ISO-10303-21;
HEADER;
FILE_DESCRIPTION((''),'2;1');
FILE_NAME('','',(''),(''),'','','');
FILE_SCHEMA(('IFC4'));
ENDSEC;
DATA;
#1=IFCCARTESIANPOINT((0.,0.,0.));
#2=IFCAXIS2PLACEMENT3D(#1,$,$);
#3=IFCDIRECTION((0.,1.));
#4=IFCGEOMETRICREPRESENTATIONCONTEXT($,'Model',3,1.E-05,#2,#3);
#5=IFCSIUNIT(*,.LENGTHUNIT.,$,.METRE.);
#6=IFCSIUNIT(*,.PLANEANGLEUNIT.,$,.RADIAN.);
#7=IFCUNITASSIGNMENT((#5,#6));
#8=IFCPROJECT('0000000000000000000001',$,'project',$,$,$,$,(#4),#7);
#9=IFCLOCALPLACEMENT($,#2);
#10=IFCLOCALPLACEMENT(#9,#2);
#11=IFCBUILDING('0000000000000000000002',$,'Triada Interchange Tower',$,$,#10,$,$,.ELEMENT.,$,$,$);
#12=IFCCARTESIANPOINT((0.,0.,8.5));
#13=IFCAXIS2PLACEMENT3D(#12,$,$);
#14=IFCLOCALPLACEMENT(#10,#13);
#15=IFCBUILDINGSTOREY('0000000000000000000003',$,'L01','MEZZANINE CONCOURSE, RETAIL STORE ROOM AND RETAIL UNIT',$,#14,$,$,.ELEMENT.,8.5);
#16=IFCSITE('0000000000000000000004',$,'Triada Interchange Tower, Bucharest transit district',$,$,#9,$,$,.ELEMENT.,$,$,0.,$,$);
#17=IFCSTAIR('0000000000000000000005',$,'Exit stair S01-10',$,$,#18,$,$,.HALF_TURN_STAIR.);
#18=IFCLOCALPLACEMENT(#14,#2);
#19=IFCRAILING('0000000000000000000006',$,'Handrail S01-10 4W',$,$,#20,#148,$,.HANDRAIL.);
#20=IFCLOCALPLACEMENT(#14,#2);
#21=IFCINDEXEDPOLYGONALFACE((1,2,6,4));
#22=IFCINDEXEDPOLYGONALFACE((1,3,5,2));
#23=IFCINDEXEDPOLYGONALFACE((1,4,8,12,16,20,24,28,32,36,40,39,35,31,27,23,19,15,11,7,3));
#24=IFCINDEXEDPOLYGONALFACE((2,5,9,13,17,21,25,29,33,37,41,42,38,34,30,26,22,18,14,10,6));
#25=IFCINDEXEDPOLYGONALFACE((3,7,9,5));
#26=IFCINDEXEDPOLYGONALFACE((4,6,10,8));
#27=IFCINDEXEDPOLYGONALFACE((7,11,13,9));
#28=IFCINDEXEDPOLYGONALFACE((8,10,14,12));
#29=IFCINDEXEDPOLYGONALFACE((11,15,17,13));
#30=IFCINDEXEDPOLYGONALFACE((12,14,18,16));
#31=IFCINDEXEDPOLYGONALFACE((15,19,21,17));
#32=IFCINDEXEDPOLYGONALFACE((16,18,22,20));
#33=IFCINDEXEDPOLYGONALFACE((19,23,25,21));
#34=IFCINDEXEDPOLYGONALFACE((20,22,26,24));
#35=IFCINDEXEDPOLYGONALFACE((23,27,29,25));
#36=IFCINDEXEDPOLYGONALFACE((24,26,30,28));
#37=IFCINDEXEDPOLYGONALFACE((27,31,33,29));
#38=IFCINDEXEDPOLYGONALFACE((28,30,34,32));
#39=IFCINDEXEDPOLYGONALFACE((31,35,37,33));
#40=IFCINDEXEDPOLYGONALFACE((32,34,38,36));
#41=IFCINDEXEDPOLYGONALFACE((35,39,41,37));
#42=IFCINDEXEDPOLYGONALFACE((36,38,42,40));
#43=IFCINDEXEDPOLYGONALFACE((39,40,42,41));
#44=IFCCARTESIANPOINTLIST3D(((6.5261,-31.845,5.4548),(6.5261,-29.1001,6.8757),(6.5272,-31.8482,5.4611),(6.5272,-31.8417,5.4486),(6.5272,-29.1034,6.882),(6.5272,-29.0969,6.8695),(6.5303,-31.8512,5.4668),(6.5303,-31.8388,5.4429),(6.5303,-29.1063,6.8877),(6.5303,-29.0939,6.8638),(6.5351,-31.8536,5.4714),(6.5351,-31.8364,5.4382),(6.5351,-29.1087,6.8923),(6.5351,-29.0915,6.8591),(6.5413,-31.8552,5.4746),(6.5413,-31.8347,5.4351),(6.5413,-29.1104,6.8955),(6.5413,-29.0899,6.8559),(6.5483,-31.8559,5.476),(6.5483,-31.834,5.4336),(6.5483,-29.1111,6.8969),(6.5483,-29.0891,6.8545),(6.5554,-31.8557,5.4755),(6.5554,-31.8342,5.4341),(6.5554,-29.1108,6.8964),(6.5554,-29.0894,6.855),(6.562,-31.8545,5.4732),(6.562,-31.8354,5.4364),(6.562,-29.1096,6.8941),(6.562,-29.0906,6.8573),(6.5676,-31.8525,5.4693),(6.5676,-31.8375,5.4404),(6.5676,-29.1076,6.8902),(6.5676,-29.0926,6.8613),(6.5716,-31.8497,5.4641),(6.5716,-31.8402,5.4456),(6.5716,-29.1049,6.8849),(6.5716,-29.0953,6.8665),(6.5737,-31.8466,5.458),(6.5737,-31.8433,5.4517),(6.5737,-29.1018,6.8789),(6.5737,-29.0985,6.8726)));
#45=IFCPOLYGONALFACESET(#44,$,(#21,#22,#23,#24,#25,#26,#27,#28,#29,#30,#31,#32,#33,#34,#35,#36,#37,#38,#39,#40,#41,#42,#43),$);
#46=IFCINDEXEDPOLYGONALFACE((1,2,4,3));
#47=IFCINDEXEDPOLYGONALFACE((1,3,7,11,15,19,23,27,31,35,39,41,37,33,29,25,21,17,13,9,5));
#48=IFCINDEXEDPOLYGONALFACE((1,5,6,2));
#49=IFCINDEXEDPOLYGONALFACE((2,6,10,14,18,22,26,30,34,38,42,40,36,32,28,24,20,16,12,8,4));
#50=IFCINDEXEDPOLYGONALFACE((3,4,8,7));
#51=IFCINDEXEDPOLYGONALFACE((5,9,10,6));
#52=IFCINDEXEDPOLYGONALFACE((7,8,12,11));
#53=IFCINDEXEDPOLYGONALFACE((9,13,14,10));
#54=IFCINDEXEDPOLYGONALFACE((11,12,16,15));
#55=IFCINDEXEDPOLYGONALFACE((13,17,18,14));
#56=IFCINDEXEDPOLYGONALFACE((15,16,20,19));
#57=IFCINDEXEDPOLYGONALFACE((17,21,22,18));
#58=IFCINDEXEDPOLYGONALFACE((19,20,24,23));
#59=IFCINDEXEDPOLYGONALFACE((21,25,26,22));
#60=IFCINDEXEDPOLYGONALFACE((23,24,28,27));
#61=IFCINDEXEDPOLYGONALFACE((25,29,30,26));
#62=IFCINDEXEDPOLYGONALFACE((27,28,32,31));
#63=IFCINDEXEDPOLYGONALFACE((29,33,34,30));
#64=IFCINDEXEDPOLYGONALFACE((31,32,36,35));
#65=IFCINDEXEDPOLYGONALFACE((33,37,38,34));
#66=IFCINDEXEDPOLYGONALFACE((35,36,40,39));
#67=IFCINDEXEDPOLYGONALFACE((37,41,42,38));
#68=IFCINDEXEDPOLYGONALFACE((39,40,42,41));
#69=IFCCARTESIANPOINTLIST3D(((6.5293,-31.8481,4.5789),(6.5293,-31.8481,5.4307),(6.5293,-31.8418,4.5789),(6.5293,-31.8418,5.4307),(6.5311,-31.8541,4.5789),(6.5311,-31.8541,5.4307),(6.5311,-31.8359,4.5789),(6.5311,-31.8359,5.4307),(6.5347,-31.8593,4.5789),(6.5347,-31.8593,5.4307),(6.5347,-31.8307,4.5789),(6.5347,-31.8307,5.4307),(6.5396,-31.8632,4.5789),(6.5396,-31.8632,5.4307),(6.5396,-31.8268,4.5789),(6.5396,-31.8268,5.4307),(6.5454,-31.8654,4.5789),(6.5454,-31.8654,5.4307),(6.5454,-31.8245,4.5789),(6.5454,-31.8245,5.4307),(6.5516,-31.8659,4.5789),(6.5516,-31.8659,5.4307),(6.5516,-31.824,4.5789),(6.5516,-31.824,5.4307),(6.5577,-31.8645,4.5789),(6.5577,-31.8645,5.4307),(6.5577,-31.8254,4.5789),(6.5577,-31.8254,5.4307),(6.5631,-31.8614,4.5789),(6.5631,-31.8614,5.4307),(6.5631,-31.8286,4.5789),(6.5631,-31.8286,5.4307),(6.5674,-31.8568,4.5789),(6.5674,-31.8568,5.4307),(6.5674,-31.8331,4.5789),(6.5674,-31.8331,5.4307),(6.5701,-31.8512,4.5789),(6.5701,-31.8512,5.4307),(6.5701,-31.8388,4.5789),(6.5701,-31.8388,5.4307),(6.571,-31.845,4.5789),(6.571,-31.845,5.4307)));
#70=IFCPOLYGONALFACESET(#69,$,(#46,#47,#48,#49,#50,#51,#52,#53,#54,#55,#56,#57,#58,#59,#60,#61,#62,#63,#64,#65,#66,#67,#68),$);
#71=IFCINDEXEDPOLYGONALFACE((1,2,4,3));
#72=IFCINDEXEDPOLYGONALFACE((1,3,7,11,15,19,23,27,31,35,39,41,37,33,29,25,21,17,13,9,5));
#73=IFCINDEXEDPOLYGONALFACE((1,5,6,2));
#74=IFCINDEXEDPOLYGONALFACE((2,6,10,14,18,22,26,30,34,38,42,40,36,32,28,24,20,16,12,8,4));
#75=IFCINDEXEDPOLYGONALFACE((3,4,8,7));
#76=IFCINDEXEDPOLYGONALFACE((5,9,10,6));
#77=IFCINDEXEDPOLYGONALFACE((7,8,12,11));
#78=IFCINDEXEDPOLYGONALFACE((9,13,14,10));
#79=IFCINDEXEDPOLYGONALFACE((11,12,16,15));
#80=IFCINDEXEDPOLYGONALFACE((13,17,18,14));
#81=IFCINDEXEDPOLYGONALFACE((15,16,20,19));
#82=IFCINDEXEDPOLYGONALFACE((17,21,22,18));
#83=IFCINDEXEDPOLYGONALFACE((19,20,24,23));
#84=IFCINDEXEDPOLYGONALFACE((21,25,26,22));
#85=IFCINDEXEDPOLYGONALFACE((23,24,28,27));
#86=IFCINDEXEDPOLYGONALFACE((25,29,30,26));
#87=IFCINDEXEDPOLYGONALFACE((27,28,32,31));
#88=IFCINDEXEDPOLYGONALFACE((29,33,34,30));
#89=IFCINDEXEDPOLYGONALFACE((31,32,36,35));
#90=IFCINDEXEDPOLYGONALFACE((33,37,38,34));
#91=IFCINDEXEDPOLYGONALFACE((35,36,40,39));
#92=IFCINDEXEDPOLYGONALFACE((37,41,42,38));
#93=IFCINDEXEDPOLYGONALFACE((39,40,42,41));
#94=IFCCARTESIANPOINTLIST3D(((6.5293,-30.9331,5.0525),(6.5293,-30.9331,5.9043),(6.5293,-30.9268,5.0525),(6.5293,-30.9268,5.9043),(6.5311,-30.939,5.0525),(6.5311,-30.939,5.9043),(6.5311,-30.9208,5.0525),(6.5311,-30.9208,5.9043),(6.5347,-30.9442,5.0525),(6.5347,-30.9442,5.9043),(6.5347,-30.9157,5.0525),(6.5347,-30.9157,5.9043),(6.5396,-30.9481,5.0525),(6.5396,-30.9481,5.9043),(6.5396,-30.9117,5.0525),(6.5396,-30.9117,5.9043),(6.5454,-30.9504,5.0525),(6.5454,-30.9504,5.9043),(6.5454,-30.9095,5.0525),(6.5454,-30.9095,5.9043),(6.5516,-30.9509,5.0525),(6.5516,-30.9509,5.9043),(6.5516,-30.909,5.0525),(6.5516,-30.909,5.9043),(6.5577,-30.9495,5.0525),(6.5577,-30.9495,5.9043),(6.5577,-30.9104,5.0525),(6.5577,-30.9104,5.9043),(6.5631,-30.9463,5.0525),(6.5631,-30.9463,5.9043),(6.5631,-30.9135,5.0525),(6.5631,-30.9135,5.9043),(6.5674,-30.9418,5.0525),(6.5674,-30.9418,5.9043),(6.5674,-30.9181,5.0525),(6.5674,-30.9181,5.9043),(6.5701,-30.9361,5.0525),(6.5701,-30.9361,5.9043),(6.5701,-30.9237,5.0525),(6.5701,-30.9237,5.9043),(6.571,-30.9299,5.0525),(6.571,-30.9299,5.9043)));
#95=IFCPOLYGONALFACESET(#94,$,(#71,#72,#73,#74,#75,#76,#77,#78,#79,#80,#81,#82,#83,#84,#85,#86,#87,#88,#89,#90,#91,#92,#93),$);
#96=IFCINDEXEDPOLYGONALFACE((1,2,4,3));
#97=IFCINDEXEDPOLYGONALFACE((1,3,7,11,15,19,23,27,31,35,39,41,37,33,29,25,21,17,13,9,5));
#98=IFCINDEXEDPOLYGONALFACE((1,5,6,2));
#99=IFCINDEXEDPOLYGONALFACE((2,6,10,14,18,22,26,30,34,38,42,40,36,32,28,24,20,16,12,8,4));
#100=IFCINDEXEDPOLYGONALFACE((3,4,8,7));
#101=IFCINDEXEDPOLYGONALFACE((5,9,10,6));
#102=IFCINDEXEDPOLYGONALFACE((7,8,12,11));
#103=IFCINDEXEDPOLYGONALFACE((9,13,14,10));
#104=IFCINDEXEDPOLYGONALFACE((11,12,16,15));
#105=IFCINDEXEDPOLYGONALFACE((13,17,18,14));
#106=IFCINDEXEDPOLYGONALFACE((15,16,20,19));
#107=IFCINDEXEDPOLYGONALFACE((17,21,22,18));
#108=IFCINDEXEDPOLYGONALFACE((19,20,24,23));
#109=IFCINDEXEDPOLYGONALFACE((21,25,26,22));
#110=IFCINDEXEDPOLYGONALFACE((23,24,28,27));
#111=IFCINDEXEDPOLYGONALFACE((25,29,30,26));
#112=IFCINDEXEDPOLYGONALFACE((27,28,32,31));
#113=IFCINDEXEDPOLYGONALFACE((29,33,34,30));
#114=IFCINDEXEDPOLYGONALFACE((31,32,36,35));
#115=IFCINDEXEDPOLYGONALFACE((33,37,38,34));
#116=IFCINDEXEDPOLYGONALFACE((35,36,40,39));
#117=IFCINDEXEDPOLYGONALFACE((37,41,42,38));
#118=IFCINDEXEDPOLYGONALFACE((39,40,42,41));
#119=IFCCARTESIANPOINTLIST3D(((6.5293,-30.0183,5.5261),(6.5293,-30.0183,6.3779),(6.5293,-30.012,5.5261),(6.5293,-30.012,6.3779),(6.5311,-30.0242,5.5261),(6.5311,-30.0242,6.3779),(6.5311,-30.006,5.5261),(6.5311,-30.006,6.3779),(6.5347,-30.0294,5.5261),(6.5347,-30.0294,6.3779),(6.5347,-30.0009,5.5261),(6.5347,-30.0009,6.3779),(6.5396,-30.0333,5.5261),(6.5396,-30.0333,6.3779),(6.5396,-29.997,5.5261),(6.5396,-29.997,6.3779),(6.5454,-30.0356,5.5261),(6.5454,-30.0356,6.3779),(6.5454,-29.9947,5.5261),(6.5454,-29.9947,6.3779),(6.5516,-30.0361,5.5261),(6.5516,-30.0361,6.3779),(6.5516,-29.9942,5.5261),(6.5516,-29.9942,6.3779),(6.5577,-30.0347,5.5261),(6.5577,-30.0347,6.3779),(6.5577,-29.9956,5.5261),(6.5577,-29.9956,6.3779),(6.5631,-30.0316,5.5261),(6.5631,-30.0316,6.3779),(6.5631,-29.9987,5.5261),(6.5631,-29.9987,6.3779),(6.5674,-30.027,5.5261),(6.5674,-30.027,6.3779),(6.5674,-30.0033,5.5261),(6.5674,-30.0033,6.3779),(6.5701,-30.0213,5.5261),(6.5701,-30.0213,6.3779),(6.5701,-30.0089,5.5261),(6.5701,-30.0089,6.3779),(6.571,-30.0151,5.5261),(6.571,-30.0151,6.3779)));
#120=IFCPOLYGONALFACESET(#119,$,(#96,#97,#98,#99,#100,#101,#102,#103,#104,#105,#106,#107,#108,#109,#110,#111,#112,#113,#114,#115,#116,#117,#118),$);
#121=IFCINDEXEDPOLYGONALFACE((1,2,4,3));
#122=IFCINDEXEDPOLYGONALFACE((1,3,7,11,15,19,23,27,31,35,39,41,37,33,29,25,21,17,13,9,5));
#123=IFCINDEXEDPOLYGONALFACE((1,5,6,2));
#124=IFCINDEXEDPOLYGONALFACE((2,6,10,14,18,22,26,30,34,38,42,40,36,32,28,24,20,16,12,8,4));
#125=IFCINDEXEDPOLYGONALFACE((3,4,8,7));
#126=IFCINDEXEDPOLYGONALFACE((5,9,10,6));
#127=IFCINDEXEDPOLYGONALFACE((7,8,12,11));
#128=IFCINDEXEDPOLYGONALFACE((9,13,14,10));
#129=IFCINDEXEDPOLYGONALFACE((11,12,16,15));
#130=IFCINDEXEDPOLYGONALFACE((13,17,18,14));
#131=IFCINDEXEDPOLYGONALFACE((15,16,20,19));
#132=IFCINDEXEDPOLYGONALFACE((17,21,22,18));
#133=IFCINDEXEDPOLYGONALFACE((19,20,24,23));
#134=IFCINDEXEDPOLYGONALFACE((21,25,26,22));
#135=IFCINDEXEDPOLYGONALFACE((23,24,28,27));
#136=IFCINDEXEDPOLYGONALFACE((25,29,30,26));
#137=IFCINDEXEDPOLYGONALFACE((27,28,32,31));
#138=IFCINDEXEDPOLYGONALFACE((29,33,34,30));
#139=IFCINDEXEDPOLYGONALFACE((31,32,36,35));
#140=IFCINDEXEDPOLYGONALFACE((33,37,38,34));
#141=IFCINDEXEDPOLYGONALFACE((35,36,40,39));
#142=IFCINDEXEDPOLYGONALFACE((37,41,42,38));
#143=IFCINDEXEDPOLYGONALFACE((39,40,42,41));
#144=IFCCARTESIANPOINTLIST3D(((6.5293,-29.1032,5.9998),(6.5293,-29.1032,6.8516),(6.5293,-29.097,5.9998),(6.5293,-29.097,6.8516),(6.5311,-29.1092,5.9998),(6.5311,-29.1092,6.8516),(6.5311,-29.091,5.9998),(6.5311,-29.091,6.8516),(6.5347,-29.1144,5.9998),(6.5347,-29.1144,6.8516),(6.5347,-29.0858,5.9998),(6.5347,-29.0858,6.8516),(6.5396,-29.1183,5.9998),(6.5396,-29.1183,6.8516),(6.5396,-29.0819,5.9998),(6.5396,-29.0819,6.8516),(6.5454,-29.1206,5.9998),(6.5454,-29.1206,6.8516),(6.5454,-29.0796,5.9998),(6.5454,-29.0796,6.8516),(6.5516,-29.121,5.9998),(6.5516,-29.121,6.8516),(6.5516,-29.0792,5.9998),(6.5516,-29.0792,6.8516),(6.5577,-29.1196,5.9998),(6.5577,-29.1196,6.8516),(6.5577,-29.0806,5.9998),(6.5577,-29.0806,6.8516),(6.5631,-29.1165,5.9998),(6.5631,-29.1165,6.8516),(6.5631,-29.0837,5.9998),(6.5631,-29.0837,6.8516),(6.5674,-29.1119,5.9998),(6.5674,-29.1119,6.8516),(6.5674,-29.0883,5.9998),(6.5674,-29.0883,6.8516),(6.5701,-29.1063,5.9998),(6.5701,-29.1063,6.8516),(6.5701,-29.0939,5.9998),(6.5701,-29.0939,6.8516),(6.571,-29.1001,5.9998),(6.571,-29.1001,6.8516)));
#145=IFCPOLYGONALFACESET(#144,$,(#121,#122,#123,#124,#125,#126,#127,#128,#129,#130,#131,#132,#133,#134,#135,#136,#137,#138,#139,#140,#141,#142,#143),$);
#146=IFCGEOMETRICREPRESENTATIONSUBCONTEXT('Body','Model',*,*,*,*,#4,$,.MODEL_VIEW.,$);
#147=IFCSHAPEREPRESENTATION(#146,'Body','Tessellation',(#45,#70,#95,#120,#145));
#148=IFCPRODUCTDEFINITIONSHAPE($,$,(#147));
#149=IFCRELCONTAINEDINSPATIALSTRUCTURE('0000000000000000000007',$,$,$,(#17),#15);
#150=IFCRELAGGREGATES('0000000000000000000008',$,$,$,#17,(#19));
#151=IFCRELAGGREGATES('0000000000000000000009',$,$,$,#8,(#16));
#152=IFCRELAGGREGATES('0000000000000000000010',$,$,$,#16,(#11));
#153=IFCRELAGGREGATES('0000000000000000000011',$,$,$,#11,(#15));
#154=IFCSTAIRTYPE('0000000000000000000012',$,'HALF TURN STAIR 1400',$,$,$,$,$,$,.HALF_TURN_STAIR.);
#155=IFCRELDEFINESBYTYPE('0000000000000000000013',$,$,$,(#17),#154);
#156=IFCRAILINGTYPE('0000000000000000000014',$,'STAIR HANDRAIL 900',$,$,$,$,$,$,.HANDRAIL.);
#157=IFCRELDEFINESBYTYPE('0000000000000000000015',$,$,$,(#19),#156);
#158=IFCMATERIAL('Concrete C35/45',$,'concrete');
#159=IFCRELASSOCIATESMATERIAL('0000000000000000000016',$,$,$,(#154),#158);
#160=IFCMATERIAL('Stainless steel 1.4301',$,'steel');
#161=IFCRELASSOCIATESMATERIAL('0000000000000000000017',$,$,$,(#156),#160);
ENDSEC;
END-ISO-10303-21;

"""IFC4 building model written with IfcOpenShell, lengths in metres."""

from ifc_helpers import new_model, si_unit, direction, frame, origin, origin_2d, place, context, subcontext, project, spatial, circle, extrude, material, type_object, element, aggregate, save


model = new_model("IFC4")

# Units and contexts
model_context = context("Model", 3, precision=1e-05, world=origin(), true_north=direction((0.0, 1.0)))
body_context = subcontext(model_context, "Body", "Model", "MODEL_VIEW")
ifc_project = project(units=[si_unit("LENGTHUNIT", "METRE"), si_unit("PLANEANGLEUNIT", "RADIAN")], contexts=[model_context])

# Site, building, storey
site_placement = place(None, origin())
site = spatial("IfcSite", under=ifc_project, at=site_placement, Name="Triada Interchange Tower, Bucharest transit district", CompositionType="ELEMENT", RefElevation=0.0)
building_placement = place(site_placement, origin())
building = spatial("IfcBuilding", under=site, at=building_placement, Name="Triada Interchange Tower", CompositionType="ELEMENT")
storey_placement = place(building_placement, frame((0.0, 0.0, 8.5)))
storey = spatial("IfcBuildingStorey", under=building, at=storey_placement, Name="L01", Description="MEZZANINE CONCOURSE, RETAIL STORE ROOM AND RETAIL UNIT", CompositionType="ELEMENT", Elevation=8.5)

# Shared definitions
ifc_material_1 = material(Name="Concrete C35/45", Category="concrete")

# Stair
stair_type = type_object("IfcStairType", Name="HALF TURN STAIR 1400", PredefinedType="HALF_TURN_STAIR", material=ifc_material_1)
stair_1_placement = place(storey_placement, origin())
stair_1 = element("IfcStair", 1, at=stair_1_placement, inside=storey, type_object=stair_type, Name="Exit stair S01-10", PredefinedType="HALF_TURN_STAIR")

# Shared definitions
ifc_material_2 = material(Name="Stainless steel 1.4301", Category="steel")

# Railing
railing_type_1 = type_object("IfcRailingType", Name="STAIR HANDRAIL 900", PredefinedType="HANDRAIL", material=ifc_material_2)
railing_1_placement = place(storey_placement, frame((6.55, -31.845, 4.5789)))
railing_1 = element("IfcRailing", 2, at=railing_1_placement, type_object=railing_type_1, Name="Handrail S01-10 4W", PredefinedType="HANDRAIL", context=body_context, shape_type="SweptSolid", body=[
    extrude(circle(Radius=0.0239, at=origin_2d()), frame((0.0, 0.0, 0.876), z_axis=(0.0, 0.888068, 0.459713), x_axis=(-1.0, 0.0, 0.0)), (0.0, 0.0, 1.0), 3.0908),
    extrude(circle(Radius=0.021, at=origin_2d()), origin(), (0.0, 0.0, 1.0), 0.8518),
    extrude(circle(Radius=0.021, at=origin_2d()), frame((0.0, 0.915, 0.4736)), (0.0, 0.0, 1.0), 0.8518),
    extrude(circle(Radius=0.021, at=origin_2d()), frame((0.0, 1.8298, 0.9473)), (0.0, 0.0, 1.0), 0.8518),
    extrude(circle(Radius=0.021, at=origin_2d()), frame((0.0, 2.7449, 1.4209)), (0.0, 0.0, 1.0), 0.8518),
])
aggregate(stair_1, [railing_1])

save(model, "model.ifc")
